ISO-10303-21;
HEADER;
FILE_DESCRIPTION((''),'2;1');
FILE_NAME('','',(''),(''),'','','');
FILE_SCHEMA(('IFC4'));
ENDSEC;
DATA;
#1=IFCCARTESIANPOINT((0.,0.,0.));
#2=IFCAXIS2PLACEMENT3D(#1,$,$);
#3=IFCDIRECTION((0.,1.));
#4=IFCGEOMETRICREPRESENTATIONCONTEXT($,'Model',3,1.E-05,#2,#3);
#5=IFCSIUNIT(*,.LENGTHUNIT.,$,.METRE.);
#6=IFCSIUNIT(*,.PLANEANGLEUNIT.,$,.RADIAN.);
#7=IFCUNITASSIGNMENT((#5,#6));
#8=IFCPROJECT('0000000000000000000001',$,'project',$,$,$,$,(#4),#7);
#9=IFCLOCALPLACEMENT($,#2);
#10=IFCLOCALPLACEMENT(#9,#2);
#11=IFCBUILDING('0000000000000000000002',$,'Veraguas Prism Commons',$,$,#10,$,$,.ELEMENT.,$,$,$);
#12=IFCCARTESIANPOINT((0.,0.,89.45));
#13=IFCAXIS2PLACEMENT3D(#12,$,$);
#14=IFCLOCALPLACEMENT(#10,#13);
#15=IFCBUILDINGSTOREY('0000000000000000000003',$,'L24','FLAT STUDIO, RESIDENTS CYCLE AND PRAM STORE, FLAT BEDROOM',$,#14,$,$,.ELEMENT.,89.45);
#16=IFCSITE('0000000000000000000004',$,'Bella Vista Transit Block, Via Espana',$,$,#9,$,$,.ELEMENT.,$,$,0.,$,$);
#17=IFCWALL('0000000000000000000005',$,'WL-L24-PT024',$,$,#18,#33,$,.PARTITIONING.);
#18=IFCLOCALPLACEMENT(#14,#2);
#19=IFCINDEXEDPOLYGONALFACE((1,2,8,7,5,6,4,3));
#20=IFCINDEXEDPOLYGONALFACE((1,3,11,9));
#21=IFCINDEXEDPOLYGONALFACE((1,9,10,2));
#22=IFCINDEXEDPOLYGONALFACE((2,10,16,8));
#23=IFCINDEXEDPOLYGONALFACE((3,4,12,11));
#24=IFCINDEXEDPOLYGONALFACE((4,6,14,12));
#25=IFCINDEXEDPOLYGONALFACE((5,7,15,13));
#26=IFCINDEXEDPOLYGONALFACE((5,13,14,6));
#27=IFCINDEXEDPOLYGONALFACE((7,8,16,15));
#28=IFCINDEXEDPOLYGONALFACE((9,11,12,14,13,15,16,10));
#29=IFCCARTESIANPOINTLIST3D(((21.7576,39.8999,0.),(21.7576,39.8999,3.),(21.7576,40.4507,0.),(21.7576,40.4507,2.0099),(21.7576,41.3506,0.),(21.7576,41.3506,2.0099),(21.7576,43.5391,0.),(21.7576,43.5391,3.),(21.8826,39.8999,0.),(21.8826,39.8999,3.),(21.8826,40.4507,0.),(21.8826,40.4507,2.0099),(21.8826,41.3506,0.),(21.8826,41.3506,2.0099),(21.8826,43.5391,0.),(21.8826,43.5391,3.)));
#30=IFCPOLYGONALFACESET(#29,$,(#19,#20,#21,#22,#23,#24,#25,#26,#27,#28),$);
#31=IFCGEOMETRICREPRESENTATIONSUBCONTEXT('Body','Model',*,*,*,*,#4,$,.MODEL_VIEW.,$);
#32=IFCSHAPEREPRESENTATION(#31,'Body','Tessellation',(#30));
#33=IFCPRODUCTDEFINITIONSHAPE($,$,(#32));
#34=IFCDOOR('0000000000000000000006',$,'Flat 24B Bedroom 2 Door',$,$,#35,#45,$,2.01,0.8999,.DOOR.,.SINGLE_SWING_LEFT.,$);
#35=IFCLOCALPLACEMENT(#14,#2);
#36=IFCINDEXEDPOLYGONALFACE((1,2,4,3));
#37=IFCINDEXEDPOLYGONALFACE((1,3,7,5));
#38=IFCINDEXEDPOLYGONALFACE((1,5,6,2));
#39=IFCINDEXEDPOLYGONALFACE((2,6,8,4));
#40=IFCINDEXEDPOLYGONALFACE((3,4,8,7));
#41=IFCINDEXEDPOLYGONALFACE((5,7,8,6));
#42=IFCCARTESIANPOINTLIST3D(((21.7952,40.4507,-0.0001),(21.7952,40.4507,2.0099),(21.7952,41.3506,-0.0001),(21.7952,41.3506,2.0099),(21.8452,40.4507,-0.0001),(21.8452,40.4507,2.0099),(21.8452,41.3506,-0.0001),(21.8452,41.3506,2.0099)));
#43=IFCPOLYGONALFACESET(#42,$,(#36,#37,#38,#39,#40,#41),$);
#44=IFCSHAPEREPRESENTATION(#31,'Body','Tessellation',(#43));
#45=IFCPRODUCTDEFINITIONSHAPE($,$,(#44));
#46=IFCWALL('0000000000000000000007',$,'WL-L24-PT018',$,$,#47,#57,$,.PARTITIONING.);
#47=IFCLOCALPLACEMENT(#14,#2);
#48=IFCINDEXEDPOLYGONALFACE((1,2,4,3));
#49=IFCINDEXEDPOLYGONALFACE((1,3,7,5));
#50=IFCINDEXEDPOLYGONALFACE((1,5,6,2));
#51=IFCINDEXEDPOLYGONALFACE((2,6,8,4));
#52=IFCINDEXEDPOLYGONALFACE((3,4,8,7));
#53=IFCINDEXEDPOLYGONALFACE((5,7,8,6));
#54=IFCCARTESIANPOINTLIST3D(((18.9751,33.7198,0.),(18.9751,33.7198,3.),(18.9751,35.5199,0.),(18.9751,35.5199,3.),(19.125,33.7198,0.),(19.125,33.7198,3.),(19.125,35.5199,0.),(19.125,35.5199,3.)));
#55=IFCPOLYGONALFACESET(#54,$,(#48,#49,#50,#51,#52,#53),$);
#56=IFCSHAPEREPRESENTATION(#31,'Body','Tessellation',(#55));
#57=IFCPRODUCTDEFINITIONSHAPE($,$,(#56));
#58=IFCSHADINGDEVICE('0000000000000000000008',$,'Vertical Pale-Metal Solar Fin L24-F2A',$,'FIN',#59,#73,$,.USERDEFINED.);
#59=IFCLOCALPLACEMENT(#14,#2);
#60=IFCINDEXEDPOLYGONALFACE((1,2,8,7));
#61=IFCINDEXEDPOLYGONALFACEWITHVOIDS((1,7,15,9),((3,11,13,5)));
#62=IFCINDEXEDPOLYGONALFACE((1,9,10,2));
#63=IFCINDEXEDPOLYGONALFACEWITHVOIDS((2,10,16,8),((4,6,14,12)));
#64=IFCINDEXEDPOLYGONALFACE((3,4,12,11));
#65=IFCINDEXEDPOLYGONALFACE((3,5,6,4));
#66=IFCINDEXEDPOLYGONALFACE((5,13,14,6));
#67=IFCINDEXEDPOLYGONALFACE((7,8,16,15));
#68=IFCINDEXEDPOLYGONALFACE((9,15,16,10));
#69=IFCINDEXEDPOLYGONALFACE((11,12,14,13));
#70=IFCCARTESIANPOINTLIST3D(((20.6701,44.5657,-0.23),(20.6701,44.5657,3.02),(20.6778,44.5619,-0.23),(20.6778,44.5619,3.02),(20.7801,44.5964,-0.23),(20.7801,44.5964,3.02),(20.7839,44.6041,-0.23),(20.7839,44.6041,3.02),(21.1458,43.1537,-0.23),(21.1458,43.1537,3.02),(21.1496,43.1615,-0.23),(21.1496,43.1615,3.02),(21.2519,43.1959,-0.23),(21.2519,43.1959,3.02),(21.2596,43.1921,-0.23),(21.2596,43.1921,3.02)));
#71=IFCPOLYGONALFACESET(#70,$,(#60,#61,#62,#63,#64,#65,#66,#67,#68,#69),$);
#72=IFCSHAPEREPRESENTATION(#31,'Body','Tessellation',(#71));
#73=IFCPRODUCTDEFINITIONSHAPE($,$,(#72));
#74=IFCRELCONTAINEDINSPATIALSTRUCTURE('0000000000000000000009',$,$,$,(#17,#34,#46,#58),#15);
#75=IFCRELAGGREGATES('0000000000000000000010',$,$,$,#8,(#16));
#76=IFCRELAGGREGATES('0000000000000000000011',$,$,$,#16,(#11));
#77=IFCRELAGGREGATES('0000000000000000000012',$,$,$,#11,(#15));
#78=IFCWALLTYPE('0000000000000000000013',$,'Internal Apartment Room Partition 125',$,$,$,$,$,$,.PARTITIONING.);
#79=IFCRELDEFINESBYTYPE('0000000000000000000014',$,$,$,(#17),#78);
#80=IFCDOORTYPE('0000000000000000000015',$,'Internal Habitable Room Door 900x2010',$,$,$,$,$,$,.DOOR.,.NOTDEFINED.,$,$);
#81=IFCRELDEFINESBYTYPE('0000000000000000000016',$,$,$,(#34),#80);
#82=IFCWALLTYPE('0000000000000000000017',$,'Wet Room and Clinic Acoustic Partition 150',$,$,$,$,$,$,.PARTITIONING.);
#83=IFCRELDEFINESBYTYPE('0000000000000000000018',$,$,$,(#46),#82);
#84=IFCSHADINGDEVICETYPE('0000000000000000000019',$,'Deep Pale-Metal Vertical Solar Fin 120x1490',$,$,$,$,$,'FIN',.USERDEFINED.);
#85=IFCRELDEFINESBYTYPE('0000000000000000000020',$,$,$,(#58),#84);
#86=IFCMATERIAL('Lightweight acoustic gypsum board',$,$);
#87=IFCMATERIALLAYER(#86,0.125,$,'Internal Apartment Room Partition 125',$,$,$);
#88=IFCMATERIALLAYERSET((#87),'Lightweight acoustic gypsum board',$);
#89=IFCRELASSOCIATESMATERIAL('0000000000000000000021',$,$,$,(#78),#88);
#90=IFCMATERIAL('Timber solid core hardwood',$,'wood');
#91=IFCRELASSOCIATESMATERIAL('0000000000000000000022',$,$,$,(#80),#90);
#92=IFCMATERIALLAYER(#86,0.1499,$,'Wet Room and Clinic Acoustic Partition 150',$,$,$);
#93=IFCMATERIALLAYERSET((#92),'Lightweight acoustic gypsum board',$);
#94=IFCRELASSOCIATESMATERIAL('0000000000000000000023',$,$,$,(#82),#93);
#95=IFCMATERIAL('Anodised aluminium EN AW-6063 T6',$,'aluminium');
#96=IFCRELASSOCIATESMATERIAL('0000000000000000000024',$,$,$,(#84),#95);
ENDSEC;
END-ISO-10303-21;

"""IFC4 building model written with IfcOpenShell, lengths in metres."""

from ifc_helpers import new_model, si_unit, direction, frame, frame_2d, origin, origin_2d, place, context, subcontext, project, spatial, rectangle, hollow_rectangle, extrude, source, transform, mapped, material, layer, layer_set, material_profile, profile_set, type_object, element, fill, save


model = new_model("IFC4")

# Units and contexts
model_context = context("Model", 3, precision=1e-05, world=origin(), true_north=direction((0.0, 1.0)))
body_context = subcontext(model_context, "Body", "Model", "MODEL_VIEW")
ifc_project = project(units=[si_unit("LENGTHUNIT", "METRE"), si_unit("PLANEANGLEUNIT", "RADIAN")], contexts=[model_context])

# Site, building, storey
site_placement = place(None, origin())
site = spatial("IfcSite", under=ifc_project, at=site_placement, Name="Bella Vista Transit Block, Via Espana", CompositionType="ELEMENT", RefElevation=0.0)
building_placement = place(site_placement, origin())
building = spatial("IfcBuilding", under=site, at=building_placement, Name="Veraguas Prism Commons", CompositionType="ELEMENT")
storey_placement = place(building_placement, frame((0.0, 0.0, 89.45)))
storey = spatial("IfcBuildingStorey", under=building, at=storey_placement, Name="L24", Description="FLAT STUDIO, RESIDENTS CYCLE AND PRAM STORE, FLAT BEDROOM", CompositionType="ELEMENT", Elevation=89.45)

# Shared definitions
ifc_material_1 = material(Name="Anodised aluminium EN AW-6063 T6", Category="aluminium")

# Shared definitions
ifc_material_2 = material(Name="Lightweight acoustic gypsum board")
ifc_layer_1 = layer(ifc_material_2, 0.125, Name="Internal Apartment Room Partition 125")
ifc_layer_set_1 = layer_set([ifc_layer_1], Name="Lightweight acoustic gypsum board")
wall_type_1 = type_object("IfcWallType", Name="Internal Apartment Room Partition 125", PredefinedType="PARTITIONING", material=ifc_layer_set_1)
ifc_material_3 = material(Name="Timber solid core hardwood", Category="wood")
door_type_1 = type_object("IfcDoorType", Name="Internal Habitable Room Door 900x2010", OperationType="NOTDEFINED", PredefinedType="DOOR", material=ifc_material_3)
shared_shape_1 = source(origin(), body_context, "Body", "SweptSolid", [
    extrude(rectangle(XDim=0.8999, YDim=2.01, at=frame_2d((0.45, 1.0049))), frame((0.0, 0.0249, 0.0), z_axis=(0.0, -1.0, 0.0), x_axis=(1.0, 0.0, 0.0)), (0.0, 0.0, 1.0), 0.05),
])

# Wall, opening, door
wall_1_placement = place(storey_placement, frame((21.8201, 39.8999, 0.0), z_axis=(0.0, 0.0, 1.0), x_axis=(0.0, 1.0, 0.0)))
wall_1 = element("IfcWall", 1, at=wall_1_placement, inside=storey, type_object=wall_type_1, Name="WL-L24-PT024", PredefinedType="PARTITIONING", context=body_context, shape_type="SweptSolid", body=[
    extrude(rectangle(XDim=3.6392, YDim=0.125, at=frame_2d((1.8196, 0.0))), origin(), (0.0, 0.0, 1.0), 3.0),
])
opening_1_placement = place(wall_1_placement, frame((0.5508, 0.0, 0.0)))
opening_1 = element("IfcOpeningElement", 2, at=opening_1_placement, cuts=wall_1, PredefinedType="OPENING", context=body_context, shape_type="SweptSolid", body=[
    extrude(rectangle(XDim=0.8999, YDim=2.01, at=frame_2d((0.45, 1.0049))), frame((0.0, 0.0725, 0.0), z_axis=(0.0, -1.0, 0.0), x_axis=(1.0, 0.0, 0.0)), (0.0, 0.0, 1.0), 0.145),
])
door_1_placement = place(opening_1_placement, origin())
door_1 = element("IfcDoor", 3, at=door_1_placement, inside=storey, type_object=door_type_1, Name="Flat 24B Bedroom 2 Door", OperationType="SINGLE_SWING_LEFT", OverallHeight=2.01, OverallWidth=0.8999, PredefinedType="DOOR", context=body_context, shape_type="MappedRepresentation", body=[
    mapped(shared_shape_1, transform((0.0, 0.0, 0.0), scale=1.0)),
])
fill(opening_1, door_1)

# Wall
ifc_layer_2 = layer(ifc_material_2, 0.1499, Name="Wet Room and Clinic Acoustic Partition 150")
ifc_layer_set_2 = layer_set([ifc_layer_2], Name="Lightweight acoustic gypsum board")
wall_type_2 = type_object("IfcWallType", Name="Wet Room and Clinic Acoustic Partition 150", PredefinedType="PARTITIONING", material=ifc_layer_set_2)
wall_2_placement = place(storey_placement, frame((19.05, 33.72, 0.0), z_axis=(0.0, 0.0, 1.0), x_axis=(0.0, 1.0, 0.0)))
element("IfcWall", 4, at=wall_2_placement, inside=storey, type_object=wall_type_2, Name="WL-L24-PT018", PredefinedType="PARTITIONING", context=body_context, shape_type="SweptSolid", body=[
    extrude(rectangle(XDim=1.8, YDim=0.1499, at=frame_2d((0.8999, 0.0))), origin(), (0.0, 0.0, 1.0), 3.0),
])

# Shading device
ifc_material_profile_1 = material_profile(ifc_material_1, hollow_rectangle(XDim=0.1201, YDim=1.49, WallThickness=0.0061, at=origin_2d()), Name="FIN120X1490X6")
ifc_profile_set_1 = profile_set([ifc_material_profile_1], Name="Anodised aluminium EN AW-6063 T6")
shading_device_type = type_object("IfcShadingDeviceType", Name="Deep Pale-Metal Vertical Solar Fin 120x1490", ElementType="FIN", PredefinedType="USERDEFINED", material=ifc_profile_set_1)
shading_device_placement = place(storey_placement, frame((20.9648, 43.8789, -0.23), z_axis=(0.0, 0.0, 1.0), x_axis=(-0.947659, -0.319285, 0.0)))
element("IfcShadingDevice", 5, at=shading_device_placement, inside=storey, type_object=shading_device_type, Name="Vertical Pale-Metal Solar Fin L24-F2A", ObjectType="FIN", PredefinedType="USERDEFINED", context=body_context, shape_type="SweptSolid", body=[
    extrude(hollow_rectangle(XDim=0.1201, YDim=1.49, WallThickness=0.0061, at=origin_2d()), origin(), (0.0, 0.0, 1.0), 3.25),
])

save(model, "model.ifc")
